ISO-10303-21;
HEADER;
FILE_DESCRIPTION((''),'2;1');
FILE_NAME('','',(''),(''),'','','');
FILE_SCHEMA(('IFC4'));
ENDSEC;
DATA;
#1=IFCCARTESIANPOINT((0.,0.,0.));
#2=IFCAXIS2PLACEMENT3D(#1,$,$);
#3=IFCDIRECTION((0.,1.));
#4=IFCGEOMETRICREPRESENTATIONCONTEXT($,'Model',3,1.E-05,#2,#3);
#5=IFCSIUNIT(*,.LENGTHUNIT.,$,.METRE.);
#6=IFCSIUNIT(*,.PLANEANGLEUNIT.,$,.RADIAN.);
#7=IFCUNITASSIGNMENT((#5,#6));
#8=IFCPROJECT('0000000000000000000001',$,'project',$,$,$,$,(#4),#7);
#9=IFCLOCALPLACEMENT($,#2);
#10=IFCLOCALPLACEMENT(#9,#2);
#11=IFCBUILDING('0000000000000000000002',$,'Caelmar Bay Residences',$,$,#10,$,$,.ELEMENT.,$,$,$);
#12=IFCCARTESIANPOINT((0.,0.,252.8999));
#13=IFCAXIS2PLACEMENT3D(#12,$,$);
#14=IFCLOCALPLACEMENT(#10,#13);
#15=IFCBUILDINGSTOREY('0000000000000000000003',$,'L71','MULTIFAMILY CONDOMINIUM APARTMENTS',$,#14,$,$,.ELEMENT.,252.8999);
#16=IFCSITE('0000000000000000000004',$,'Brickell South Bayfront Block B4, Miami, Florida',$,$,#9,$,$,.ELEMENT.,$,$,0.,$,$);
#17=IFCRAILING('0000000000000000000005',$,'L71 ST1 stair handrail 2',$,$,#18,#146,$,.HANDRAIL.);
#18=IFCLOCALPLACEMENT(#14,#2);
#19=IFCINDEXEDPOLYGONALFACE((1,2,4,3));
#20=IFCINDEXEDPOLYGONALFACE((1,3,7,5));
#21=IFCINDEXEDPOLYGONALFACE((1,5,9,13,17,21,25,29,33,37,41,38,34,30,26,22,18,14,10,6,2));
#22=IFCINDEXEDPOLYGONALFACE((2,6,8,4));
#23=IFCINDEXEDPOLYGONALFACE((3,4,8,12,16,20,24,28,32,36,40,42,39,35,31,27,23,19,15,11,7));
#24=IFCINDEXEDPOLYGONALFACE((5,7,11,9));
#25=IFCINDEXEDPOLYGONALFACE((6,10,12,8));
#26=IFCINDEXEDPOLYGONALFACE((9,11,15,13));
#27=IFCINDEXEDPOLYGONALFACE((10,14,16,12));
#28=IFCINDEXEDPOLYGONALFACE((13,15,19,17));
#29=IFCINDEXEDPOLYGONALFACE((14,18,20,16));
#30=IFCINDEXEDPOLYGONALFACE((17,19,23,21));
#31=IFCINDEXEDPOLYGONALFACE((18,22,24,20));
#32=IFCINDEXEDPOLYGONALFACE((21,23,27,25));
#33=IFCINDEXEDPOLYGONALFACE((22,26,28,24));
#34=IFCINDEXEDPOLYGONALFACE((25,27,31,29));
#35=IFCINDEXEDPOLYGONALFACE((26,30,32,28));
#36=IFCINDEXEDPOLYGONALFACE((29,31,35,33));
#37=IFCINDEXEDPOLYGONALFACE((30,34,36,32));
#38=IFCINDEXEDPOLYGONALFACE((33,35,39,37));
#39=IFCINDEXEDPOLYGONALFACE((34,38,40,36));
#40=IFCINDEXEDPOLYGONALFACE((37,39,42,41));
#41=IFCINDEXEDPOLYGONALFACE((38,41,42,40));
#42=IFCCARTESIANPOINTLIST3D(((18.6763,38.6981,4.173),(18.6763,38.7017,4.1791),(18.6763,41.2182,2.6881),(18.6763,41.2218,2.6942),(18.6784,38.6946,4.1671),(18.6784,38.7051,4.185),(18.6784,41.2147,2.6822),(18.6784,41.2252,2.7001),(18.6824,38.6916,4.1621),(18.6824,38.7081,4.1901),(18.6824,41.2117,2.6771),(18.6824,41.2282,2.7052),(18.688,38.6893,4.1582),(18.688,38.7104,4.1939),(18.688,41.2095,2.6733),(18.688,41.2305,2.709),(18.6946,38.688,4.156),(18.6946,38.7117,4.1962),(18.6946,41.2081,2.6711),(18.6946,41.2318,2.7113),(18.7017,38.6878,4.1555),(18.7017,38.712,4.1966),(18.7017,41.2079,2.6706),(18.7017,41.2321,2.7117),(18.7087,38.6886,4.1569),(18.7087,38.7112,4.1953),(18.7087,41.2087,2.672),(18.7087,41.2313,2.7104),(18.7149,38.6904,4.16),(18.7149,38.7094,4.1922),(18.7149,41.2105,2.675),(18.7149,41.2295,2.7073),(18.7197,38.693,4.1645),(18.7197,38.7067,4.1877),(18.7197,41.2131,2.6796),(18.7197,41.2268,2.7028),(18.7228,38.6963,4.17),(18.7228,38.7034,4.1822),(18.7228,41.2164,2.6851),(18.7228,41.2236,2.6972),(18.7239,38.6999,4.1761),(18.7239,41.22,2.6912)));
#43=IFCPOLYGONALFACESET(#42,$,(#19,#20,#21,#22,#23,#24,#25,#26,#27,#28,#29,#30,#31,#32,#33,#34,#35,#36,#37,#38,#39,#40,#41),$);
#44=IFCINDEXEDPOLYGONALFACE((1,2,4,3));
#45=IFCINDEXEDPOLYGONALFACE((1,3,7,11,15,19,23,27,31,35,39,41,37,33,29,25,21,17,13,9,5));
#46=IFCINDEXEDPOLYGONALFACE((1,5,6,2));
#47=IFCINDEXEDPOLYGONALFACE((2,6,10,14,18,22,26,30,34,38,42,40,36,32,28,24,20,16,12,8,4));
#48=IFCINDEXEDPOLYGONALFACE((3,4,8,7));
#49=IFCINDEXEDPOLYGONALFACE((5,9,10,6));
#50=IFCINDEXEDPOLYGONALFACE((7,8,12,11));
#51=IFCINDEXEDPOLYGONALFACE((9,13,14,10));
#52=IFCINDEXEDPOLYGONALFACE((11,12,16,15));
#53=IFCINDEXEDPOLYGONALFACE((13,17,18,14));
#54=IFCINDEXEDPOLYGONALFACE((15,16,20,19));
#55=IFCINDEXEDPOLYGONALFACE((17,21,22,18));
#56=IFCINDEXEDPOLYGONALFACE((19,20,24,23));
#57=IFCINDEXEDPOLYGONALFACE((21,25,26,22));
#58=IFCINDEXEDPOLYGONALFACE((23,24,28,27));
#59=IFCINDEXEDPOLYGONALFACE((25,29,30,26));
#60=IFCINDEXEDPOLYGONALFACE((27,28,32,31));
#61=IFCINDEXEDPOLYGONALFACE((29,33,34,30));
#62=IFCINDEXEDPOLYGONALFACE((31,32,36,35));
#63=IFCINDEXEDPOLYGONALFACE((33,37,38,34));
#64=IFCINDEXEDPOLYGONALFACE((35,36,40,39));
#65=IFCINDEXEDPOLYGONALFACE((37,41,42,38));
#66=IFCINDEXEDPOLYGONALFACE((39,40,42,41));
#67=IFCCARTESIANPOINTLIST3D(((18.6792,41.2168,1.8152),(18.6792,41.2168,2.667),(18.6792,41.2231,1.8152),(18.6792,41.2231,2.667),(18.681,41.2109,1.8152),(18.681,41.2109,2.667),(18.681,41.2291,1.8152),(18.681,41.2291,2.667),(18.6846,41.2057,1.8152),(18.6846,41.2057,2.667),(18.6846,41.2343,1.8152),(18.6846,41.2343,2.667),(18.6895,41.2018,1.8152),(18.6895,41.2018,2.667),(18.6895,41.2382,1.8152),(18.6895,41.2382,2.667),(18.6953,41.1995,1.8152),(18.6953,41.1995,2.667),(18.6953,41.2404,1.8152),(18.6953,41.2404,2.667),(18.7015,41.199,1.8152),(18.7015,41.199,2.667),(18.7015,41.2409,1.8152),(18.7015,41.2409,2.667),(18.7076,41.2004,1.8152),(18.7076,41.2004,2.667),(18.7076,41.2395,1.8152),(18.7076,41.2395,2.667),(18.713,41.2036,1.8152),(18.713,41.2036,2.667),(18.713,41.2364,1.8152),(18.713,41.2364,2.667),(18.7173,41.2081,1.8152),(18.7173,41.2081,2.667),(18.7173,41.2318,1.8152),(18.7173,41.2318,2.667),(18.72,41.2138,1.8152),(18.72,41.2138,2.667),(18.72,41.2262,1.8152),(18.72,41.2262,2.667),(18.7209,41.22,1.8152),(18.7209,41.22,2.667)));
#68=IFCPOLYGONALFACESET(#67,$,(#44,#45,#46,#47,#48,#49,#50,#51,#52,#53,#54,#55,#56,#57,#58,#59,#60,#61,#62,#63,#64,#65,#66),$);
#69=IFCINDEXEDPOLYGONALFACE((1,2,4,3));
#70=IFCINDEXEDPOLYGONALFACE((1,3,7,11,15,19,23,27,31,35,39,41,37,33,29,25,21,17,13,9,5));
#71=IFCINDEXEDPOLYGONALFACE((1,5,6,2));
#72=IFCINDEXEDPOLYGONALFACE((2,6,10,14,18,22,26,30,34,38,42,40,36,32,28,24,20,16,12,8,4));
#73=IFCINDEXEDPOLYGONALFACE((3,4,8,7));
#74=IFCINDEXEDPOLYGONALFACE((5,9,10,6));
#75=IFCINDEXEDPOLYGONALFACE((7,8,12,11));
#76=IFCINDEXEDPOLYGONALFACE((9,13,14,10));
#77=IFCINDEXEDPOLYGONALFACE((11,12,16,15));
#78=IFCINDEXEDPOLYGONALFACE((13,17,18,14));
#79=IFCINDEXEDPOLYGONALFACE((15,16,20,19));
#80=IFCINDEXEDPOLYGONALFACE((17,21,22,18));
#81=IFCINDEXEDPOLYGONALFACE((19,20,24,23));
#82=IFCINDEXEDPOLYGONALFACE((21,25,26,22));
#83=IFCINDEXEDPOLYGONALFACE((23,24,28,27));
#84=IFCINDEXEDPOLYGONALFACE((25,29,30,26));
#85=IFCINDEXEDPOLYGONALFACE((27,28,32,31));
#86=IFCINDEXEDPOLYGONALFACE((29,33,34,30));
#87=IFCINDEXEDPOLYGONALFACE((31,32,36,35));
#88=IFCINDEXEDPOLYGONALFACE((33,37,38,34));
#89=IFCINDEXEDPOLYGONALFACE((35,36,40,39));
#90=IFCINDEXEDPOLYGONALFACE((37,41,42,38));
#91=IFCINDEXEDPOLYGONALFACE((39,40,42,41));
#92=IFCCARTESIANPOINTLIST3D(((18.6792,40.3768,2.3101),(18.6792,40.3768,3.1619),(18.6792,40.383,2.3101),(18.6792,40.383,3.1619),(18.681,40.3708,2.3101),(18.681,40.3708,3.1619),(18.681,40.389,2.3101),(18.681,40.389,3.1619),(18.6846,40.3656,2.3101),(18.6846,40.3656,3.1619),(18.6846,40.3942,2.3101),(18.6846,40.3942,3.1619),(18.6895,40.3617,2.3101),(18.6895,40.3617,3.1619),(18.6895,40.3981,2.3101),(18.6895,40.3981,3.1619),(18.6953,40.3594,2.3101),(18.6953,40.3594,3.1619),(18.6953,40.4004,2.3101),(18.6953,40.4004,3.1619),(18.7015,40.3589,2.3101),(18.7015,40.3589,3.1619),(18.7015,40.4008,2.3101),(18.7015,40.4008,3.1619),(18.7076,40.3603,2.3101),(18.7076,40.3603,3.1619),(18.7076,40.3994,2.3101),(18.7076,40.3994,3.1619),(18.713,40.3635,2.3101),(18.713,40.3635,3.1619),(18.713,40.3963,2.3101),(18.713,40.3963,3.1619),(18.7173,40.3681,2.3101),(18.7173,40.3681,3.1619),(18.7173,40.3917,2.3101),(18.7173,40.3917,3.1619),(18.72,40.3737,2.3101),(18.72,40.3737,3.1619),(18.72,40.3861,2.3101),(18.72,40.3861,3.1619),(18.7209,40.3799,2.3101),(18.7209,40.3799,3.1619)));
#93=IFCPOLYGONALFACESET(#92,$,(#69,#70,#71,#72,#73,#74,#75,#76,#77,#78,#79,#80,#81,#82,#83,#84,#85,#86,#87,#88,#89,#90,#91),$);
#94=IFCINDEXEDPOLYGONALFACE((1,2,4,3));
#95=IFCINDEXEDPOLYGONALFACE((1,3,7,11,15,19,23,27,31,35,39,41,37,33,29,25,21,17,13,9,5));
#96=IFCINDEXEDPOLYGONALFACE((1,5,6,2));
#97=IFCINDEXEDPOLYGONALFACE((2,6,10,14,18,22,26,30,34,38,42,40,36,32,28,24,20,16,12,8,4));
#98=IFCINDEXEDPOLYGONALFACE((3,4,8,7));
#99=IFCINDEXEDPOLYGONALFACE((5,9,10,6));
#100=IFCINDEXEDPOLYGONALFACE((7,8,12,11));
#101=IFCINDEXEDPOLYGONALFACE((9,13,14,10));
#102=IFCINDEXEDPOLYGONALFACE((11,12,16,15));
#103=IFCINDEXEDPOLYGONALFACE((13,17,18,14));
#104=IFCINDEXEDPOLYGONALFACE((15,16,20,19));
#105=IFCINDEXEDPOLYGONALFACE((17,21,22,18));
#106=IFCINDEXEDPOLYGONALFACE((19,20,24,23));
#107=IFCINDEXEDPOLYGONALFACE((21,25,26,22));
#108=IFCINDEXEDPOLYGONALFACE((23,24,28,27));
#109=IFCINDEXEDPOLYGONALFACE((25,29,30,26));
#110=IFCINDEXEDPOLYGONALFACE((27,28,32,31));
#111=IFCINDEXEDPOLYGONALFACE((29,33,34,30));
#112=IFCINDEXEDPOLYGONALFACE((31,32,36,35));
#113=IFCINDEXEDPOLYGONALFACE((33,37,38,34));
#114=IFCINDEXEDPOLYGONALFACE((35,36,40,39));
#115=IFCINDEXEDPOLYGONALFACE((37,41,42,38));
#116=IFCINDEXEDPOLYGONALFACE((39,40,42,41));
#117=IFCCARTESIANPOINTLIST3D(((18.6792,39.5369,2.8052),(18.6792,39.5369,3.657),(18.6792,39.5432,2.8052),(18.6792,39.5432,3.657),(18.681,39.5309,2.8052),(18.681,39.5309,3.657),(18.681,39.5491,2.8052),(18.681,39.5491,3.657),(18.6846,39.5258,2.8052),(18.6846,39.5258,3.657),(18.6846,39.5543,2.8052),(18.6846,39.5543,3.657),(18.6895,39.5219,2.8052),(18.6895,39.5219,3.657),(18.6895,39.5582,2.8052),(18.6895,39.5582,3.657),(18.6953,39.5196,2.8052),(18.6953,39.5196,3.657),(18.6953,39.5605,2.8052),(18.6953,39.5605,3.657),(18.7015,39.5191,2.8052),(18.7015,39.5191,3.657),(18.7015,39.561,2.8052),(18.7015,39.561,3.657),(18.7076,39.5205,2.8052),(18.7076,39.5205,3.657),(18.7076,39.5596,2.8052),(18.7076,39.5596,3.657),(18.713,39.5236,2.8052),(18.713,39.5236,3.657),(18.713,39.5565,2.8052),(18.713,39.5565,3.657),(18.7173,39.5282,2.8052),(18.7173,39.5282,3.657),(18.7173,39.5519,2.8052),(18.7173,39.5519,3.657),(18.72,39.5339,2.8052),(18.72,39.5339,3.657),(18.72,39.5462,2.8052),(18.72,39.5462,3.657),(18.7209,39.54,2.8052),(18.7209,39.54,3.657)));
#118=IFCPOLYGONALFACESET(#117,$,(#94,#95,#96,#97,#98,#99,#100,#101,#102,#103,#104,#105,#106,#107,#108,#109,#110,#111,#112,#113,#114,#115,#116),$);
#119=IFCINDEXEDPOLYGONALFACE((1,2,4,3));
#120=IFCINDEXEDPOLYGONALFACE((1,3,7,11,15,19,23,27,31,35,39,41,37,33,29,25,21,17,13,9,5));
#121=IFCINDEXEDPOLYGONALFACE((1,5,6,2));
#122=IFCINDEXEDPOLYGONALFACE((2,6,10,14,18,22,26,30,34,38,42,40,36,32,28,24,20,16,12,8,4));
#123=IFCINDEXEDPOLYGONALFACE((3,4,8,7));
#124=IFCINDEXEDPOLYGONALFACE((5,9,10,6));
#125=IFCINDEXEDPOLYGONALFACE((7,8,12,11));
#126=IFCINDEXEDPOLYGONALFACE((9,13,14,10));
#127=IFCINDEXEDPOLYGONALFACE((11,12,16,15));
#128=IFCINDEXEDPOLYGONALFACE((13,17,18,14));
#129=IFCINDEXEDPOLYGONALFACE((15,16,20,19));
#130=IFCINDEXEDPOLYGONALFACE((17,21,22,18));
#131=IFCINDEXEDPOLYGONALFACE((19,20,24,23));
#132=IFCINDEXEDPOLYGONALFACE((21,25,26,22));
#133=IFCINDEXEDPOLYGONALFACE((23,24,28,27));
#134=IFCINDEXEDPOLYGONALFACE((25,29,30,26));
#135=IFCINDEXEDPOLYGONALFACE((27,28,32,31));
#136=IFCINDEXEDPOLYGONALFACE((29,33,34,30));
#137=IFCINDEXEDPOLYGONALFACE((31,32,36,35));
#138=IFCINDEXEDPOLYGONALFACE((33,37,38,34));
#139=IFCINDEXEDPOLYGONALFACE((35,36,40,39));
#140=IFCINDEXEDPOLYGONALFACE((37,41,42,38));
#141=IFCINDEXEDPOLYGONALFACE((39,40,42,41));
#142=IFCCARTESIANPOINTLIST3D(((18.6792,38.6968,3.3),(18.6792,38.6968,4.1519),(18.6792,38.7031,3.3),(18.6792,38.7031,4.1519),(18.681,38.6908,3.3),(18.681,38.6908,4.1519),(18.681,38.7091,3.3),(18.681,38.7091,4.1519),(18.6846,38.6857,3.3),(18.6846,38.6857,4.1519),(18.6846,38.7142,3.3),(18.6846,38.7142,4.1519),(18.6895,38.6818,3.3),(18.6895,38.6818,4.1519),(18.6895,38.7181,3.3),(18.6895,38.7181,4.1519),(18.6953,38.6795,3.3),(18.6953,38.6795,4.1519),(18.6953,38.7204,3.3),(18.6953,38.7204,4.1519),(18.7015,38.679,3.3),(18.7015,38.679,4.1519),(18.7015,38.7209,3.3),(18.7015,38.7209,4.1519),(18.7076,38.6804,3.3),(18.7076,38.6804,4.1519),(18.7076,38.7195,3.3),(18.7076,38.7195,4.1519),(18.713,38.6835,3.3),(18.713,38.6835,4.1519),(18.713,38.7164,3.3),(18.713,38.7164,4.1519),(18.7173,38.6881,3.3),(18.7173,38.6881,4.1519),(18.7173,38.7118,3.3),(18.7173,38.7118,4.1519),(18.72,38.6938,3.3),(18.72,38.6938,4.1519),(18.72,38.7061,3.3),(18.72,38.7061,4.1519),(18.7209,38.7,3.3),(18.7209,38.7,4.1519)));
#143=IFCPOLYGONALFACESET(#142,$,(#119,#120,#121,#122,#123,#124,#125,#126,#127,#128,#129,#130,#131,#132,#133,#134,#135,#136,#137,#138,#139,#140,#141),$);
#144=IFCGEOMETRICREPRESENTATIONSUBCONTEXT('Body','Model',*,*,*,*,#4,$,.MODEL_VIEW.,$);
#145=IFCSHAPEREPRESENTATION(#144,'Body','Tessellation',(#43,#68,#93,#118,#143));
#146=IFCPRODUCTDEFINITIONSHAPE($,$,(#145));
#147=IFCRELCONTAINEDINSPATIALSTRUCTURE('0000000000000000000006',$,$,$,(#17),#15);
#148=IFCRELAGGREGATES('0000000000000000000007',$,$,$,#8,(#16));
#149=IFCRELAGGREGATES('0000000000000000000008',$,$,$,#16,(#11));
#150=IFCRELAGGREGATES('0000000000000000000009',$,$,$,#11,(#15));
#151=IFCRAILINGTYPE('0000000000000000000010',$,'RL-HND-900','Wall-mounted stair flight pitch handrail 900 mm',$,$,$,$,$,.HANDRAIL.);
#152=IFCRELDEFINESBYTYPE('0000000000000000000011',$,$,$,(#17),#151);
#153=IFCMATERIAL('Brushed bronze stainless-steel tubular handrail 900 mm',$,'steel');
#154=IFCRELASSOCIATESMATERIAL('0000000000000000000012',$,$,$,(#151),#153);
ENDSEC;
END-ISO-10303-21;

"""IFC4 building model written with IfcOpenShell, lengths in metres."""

from ifc_helpers import new_model, si_unit, direction, frame, origin, origin_2d, place, context, subcontext, project, spatial, circle, extrude, material, type_object, element, save


model = new_model("IFC4")

# Units and contexts
model_context = context("Model", 3, precision=1e-05, world=origin(), true_north=direction((0.0, 1.0)))
body_context = subcontext(model_context, "Body", "Model", "MODEL_VIEW")
ifc_project = project(units=[si_unit("LENGTHUNIT", "METRE"), si_unit("PLANEANGLEUNIT", "RADIAN")], contexts=[model_context])

# Site, building, storey
site_placement = place(None, origin())
site = spatial("IfcSite", under=ifc_project, at=site_placement, Name="Brickell South Bayfront Block B4, Miami, Florida", CompositionType="ELEMENT", RefElevation=0.0)
building_placement = place(site_placement, origin())
building = spatial("IfcBuilding", under=site, at=building_placement, Name="Caelmar Bay Residences", CompositionType="ELEMENT")
storey_placement = place(building_placement, frame((0.0, 0.0, 252.8999)))
storey = spatial("IfcBuildingStorey", under=building, at=storey_placement, Name="L71", Description="MULTIFAMILY CONDOMINIUM APARTMENTS", CompositionType="ELEMENT", Elevation=252.8999)

# Railing
ifc_material_1 = material(Name="Brushed bronze stainless-steel tubular handrail 900 mm", Category="steel")
railing_type_1 = type_object("IfcRailingType", Name="RL-HND-900", Description="Wall-mounted stair flight pitch handrail 900 mm", PredefinedType="HANDRAIL", material=ifc_material_1)
railing_1_placement = place(storey_placement, frame((18.7, 41.22, 1.8152)))
element("IfcRailing", 1, at=railing_1_placement, inside=storey, type_object=railing_type_1, Name="L71 ST1 stair handrail 2", PredefinedType="HANDRAIL", context=body_context, shape_type="SweptSolid", body=[
    extrude(circle(Radius=0.0239, at=origin_2d()), frame((0.0, 0.0, 0.876), z_axis=(0.0, -0.861561, 0.507655), x_axis=(1.0, 0.0, 0.0)), (0.0, 0.0, 1.0), 2.925),
    extrude(circle(Radius=0.021, at=origin_2d()), origin(), (0.0, 0.0, 1.0), 0.8518),
    extrude(circle(Radius=0.021, at=origin_2d()), frame((0.0, -0.8401, 0.4949)), (0.0, 0.0, 1.0), 0.8518),
    extrude(circle(Radius=0.021, at=origin_2d()), frame((0.0, -1.6799, 0.99)), (0.0, 0.0, 1.0), 0.8518),
    extrude(circle(Radius=0.021, at=origin_2d()), frame((0.0, -2.52, 1.4849)), (0.0, 0.0, 1.0), 0.8518),
])

save(model, "model.ifc")
